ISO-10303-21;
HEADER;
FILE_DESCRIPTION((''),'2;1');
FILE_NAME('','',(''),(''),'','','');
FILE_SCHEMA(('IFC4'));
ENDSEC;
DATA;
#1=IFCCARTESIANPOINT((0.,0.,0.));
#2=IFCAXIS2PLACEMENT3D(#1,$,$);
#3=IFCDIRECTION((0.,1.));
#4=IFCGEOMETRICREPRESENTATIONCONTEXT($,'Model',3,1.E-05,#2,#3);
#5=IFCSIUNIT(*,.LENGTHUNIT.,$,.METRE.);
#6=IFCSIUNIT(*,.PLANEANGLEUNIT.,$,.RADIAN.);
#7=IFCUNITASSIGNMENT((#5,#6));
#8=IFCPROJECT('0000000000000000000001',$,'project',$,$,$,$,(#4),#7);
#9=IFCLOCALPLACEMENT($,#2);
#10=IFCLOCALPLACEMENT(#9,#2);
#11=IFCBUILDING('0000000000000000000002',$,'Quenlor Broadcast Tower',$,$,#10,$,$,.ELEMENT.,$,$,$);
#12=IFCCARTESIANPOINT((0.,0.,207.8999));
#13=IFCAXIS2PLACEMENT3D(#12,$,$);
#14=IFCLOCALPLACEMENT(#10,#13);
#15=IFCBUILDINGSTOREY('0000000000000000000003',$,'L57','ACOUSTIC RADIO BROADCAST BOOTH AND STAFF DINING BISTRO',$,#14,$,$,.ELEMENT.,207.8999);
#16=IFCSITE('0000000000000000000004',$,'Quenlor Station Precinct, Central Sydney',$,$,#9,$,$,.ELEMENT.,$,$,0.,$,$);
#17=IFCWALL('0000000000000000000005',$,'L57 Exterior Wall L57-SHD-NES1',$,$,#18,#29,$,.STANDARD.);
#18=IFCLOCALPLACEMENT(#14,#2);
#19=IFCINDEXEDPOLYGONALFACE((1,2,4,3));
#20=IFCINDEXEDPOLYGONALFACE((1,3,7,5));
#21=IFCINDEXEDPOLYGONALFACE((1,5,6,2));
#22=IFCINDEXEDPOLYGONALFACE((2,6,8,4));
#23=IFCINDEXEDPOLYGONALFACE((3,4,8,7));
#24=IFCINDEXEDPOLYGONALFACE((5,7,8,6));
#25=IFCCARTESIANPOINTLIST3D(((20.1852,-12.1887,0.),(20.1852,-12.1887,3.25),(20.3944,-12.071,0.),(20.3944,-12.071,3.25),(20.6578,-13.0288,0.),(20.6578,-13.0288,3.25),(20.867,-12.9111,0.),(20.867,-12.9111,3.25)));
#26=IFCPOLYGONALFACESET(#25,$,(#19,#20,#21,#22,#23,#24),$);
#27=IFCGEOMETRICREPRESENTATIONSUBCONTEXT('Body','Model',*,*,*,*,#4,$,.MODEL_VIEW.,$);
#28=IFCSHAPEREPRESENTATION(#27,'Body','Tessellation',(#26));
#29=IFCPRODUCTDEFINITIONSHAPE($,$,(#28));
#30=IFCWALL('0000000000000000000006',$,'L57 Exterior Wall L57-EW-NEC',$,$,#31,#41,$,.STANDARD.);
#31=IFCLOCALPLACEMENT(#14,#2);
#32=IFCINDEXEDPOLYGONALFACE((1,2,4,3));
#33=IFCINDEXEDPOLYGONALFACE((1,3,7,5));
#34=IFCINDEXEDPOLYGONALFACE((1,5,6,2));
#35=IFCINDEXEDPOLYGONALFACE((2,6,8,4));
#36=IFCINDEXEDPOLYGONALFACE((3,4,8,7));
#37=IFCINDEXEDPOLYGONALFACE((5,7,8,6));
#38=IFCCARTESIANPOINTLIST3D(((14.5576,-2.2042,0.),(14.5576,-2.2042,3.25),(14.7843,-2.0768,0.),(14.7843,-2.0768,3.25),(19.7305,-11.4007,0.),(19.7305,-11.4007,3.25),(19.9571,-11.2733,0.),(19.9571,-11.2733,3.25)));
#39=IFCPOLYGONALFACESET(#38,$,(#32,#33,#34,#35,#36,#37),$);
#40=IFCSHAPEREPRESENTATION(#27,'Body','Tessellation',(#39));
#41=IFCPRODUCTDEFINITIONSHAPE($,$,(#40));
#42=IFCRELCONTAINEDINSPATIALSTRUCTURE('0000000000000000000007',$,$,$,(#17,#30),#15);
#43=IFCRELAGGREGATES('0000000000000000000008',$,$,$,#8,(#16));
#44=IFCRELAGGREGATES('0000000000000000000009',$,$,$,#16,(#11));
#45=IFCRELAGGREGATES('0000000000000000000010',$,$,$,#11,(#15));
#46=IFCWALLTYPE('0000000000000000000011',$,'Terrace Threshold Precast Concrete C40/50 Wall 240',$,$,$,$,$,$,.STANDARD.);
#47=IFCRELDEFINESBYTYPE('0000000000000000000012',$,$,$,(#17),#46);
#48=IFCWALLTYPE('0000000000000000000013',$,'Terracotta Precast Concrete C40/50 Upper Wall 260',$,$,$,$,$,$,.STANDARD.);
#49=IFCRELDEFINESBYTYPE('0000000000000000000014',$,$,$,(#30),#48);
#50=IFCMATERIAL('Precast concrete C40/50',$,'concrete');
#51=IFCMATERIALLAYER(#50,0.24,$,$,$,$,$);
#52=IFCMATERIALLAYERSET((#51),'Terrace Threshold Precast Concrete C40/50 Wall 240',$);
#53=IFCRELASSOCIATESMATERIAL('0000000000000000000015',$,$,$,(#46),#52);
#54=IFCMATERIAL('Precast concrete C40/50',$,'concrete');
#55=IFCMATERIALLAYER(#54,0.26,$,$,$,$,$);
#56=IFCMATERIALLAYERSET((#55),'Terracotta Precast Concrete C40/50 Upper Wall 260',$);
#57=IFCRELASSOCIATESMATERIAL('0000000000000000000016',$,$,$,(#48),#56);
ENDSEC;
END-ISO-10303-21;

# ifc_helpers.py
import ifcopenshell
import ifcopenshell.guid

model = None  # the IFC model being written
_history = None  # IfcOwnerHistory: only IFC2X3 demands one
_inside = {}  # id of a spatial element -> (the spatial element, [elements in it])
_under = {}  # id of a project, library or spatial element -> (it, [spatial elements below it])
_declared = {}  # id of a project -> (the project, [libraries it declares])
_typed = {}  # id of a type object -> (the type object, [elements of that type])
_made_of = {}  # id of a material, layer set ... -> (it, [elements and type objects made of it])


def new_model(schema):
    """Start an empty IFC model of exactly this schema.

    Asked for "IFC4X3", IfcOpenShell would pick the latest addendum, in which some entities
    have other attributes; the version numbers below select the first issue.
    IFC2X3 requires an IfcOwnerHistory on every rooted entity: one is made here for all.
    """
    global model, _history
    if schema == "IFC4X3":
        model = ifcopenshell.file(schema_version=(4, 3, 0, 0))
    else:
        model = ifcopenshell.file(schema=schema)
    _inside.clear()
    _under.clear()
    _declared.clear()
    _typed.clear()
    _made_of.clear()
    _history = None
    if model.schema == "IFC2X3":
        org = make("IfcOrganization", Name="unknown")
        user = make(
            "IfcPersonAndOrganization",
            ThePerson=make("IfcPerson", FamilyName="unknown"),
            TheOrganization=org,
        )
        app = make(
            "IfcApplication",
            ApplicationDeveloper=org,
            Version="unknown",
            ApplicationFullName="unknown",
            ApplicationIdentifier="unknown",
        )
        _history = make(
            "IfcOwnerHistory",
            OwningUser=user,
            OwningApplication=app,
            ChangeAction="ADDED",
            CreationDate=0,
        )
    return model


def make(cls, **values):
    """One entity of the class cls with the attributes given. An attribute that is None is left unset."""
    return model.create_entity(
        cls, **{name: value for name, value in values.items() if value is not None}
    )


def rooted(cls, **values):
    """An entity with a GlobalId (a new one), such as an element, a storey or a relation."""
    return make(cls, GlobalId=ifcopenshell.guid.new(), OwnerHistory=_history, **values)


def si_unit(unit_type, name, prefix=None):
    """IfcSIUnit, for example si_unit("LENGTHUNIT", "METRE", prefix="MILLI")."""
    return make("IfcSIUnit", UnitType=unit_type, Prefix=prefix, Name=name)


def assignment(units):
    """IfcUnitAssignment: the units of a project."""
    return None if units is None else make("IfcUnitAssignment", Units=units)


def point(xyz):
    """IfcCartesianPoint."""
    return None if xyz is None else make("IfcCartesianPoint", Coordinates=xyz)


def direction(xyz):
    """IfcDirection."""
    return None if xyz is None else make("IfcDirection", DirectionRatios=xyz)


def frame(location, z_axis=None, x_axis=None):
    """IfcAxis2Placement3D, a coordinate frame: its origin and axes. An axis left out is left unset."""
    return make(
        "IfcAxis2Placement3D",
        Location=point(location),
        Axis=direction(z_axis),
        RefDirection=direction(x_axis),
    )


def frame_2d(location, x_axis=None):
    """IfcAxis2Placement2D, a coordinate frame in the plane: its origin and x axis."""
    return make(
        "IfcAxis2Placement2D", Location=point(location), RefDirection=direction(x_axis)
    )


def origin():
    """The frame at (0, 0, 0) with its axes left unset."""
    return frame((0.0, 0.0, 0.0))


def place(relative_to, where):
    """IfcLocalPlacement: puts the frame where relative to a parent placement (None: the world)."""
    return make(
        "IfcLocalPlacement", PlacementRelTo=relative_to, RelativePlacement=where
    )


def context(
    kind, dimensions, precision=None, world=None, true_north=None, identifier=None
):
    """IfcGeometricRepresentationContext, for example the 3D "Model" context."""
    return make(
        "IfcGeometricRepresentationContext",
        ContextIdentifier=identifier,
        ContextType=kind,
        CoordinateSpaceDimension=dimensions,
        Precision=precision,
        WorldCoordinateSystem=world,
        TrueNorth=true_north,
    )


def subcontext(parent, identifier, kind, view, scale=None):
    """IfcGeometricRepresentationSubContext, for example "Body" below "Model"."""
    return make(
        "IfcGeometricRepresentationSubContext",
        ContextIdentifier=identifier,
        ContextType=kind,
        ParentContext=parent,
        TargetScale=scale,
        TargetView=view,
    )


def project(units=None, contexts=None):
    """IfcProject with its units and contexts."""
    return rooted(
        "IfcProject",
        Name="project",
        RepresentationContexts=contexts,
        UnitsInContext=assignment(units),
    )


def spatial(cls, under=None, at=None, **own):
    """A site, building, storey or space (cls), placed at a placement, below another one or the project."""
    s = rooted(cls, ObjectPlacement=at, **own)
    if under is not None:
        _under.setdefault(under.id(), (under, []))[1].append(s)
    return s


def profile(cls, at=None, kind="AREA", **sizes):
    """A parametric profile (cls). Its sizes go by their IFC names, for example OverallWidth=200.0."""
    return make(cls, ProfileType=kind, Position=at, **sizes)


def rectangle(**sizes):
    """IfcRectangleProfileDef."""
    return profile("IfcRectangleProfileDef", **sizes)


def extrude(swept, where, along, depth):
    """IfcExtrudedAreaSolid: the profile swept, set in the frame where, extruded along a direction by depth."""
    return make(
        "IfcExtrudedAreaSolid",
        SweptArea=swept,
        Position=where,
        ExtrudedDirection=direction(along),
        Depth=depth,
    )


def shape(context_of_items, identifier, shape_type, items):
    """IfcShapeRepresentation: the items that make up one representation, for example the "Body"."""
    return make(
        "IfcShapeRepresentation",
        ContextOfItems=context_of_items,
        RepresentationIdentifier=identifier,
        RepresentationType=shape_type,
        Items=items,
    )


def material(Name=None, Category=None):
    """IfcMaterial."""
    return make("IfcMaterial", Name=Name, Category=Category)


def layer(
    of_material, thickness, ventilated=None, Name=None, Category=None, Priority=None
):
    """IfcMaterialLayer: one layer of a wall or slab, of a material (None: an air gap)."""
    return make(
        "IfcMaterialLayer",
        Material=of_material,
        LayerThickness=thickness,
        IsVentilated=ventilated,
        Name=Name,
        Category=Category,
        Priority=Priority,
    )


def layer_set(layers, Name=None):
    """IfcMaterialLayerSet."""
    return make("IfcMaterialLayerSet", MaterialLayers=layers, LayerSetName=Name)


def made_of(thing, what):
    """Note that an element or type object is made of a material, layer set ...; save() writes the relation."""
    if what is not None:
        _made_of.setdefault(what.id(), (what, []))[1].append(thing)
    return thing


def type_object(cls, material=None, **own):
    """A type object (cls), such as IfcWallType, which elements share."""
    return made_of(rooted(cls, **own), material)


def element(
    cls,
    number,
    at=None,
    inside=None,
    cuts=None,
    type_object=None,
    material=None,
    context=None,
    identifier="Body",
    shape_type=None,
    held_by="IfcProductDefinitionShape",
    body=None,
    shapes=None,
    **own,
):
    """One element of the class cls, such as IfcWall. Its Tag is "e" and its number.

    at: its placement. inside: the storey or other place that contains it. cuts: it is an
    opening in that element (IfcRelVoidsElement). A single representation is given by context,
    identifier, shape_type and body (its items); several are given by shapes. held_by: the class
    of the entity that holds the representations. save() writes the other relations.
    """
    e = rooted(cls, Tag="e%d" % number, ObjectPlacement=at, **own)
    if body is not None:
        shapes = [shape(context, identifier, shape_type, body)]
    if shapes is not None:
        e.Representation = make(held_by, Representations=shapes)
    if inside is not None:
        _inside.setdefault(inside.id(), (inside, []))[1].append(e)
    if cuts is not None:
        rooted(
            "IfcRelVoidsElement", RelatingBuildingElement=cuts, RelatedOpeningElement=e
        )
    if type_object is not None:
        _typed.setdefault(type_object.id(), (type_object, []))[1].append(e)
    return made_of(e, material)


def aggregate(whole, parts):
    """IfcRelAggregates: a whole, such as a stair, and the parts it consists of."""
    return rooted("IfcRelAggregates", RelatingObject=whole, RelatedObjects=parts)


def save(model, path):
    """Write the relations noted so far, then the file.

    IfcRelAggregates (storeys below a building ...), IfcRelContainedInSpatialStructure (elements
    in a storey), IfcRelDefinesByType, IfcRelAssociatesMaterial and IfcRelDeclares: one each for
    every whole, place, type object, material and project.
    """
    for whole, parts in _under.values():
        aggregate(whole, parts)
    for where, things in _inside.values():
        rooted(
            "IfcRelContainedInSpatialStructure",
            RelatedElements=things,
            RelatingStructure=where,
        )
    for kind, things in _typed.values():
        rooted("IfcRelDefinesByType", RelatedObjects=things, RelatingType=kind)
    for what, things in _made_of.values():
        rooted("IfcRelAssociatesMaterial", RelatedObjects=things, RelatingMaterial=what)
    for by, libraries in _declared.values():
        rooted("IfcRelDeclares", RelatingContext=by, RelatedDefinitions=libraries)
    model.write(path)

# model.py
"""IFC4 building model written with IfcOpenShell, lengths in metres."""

from ifc_helpers import new_model, si_unit, direction, frame, frame_2d, origin, place, context, subcontext, project, spatial, rectangle, extrude, material, layer, layer_set, type_object, element, save


model = new_model("IFC4")

# Units and contexts
model_context = context("Model", 3, precision=1e-05, world=origin(), true_north=direction((0.0, 1.0)))
body_context = subcontext(model_context, "Body", "Model", "MODEL_VIEW")
ifc_project = project(units=[si_unit("LENGTHUNIT", "METRE"), si_unit("PLANEANGLEUNIT", "RADIAN")], contexts=[model_context])

# Site, building, storey
site_placement = place(None, origin())
site = spatial("IfcSite", under=ifc_project, at=site_placement, Name="Quenlor Station Precinct, Central Sydney", CompositionType="ELEMENT", RefElevation=0.0)
building_placement = place(site_placement, origin())
building = spatial("IfcBuilding", under=site, at=building_placement, Name="Quenlor Broadcast Tower", CompositionType="ELEMENT")
storey_placement = place(building_placement, frame((0.0, 0.0, 207.8999)))
storey = spatial("IfcBuildingStorey", under=building, at=storey_placement, Name="L57", Description="ACOUSTIC RADIO BROADCAST BOOTH AND STAFF DINING BISTRO", CompositionType="ELEMENT", Elevation=207.8999)

# Walls
ifc_material_1 = material(Name="Precast concrete C40/50", Category="concrete")
ifc_layer_1 = layer(ifc_material_1, 0.24)
ifc_layer_set_1 = layer_set([ifc_layer_1], Name="Terrace Threshold Precast Concrete C40/50 Wall 240")
wall_type_1 = type_object("IfcWallType", Name="Terrace Threshold Precast Concrete C40/50 Wall 240", PredefinedType="STANDARD", material=ifc_layer_set_1)
wall_1_placement = place(storey_placement, frame((20.2898, -12.1299, 0.0), z_axis=(0.0, 0.0, 1.0), x_axis=(0.490345, -0.871528, 0.0)))
element("IfcWall", 1, at=wall_1_placement, inside=storey, type_object=wall_type_1, Name="L57 Exterior Wall L57-SHD-NES1", PredefinedType="STANDARD", context=body_context, shape_type="SweptSolid", body=[
    extrude(rectangle(XDim=0.9639, YDim=0.24, at=frame_2d((0.4819, 0.0))), origin(), (0.0, 0.0, 1.0), 3.25),
])
ifc_material_2 = material(Name="Precast concrete C40/50", Category="concrete")
ifc_layer_2 = layer(ifc_material_2, 0.26)
ifc_layer_set_2 = layer_set([ifc_layer_2], Name="Terracotta Precast Concrete C40/50 Upper Wall 260")
wall_type_2 = type_object("IfcWallType", Name="Terracotta Precast Concrete C40/50 Upper Wall 260", PredefinedType="STANDARD", material=ifc_layer_set_2)
wall_2_placement = place(storey_placement, frame((14.6709, -2.1404, 0.0), z_axis=(0.0, 0.0, 1.0), x_axis=(0.490247, -0.871584, 0.0)))
element("IfcWall", 2, at=wall_2_placement, inside=storey, type_object=wall_type_2, Name="L57 Exterior Wall L57-EW-NEC", PredefinedType="STANDARD", context=body_context, shape_type="SweptSolid", body=[
    extrude(rectangle(XDim=10.5515, YDim=0.26, at=frame_2d((5.2759, 0.0))), origin(), (0.0, 0.0, 1.0), 3.25),
])

save(model, "model.ifc")
